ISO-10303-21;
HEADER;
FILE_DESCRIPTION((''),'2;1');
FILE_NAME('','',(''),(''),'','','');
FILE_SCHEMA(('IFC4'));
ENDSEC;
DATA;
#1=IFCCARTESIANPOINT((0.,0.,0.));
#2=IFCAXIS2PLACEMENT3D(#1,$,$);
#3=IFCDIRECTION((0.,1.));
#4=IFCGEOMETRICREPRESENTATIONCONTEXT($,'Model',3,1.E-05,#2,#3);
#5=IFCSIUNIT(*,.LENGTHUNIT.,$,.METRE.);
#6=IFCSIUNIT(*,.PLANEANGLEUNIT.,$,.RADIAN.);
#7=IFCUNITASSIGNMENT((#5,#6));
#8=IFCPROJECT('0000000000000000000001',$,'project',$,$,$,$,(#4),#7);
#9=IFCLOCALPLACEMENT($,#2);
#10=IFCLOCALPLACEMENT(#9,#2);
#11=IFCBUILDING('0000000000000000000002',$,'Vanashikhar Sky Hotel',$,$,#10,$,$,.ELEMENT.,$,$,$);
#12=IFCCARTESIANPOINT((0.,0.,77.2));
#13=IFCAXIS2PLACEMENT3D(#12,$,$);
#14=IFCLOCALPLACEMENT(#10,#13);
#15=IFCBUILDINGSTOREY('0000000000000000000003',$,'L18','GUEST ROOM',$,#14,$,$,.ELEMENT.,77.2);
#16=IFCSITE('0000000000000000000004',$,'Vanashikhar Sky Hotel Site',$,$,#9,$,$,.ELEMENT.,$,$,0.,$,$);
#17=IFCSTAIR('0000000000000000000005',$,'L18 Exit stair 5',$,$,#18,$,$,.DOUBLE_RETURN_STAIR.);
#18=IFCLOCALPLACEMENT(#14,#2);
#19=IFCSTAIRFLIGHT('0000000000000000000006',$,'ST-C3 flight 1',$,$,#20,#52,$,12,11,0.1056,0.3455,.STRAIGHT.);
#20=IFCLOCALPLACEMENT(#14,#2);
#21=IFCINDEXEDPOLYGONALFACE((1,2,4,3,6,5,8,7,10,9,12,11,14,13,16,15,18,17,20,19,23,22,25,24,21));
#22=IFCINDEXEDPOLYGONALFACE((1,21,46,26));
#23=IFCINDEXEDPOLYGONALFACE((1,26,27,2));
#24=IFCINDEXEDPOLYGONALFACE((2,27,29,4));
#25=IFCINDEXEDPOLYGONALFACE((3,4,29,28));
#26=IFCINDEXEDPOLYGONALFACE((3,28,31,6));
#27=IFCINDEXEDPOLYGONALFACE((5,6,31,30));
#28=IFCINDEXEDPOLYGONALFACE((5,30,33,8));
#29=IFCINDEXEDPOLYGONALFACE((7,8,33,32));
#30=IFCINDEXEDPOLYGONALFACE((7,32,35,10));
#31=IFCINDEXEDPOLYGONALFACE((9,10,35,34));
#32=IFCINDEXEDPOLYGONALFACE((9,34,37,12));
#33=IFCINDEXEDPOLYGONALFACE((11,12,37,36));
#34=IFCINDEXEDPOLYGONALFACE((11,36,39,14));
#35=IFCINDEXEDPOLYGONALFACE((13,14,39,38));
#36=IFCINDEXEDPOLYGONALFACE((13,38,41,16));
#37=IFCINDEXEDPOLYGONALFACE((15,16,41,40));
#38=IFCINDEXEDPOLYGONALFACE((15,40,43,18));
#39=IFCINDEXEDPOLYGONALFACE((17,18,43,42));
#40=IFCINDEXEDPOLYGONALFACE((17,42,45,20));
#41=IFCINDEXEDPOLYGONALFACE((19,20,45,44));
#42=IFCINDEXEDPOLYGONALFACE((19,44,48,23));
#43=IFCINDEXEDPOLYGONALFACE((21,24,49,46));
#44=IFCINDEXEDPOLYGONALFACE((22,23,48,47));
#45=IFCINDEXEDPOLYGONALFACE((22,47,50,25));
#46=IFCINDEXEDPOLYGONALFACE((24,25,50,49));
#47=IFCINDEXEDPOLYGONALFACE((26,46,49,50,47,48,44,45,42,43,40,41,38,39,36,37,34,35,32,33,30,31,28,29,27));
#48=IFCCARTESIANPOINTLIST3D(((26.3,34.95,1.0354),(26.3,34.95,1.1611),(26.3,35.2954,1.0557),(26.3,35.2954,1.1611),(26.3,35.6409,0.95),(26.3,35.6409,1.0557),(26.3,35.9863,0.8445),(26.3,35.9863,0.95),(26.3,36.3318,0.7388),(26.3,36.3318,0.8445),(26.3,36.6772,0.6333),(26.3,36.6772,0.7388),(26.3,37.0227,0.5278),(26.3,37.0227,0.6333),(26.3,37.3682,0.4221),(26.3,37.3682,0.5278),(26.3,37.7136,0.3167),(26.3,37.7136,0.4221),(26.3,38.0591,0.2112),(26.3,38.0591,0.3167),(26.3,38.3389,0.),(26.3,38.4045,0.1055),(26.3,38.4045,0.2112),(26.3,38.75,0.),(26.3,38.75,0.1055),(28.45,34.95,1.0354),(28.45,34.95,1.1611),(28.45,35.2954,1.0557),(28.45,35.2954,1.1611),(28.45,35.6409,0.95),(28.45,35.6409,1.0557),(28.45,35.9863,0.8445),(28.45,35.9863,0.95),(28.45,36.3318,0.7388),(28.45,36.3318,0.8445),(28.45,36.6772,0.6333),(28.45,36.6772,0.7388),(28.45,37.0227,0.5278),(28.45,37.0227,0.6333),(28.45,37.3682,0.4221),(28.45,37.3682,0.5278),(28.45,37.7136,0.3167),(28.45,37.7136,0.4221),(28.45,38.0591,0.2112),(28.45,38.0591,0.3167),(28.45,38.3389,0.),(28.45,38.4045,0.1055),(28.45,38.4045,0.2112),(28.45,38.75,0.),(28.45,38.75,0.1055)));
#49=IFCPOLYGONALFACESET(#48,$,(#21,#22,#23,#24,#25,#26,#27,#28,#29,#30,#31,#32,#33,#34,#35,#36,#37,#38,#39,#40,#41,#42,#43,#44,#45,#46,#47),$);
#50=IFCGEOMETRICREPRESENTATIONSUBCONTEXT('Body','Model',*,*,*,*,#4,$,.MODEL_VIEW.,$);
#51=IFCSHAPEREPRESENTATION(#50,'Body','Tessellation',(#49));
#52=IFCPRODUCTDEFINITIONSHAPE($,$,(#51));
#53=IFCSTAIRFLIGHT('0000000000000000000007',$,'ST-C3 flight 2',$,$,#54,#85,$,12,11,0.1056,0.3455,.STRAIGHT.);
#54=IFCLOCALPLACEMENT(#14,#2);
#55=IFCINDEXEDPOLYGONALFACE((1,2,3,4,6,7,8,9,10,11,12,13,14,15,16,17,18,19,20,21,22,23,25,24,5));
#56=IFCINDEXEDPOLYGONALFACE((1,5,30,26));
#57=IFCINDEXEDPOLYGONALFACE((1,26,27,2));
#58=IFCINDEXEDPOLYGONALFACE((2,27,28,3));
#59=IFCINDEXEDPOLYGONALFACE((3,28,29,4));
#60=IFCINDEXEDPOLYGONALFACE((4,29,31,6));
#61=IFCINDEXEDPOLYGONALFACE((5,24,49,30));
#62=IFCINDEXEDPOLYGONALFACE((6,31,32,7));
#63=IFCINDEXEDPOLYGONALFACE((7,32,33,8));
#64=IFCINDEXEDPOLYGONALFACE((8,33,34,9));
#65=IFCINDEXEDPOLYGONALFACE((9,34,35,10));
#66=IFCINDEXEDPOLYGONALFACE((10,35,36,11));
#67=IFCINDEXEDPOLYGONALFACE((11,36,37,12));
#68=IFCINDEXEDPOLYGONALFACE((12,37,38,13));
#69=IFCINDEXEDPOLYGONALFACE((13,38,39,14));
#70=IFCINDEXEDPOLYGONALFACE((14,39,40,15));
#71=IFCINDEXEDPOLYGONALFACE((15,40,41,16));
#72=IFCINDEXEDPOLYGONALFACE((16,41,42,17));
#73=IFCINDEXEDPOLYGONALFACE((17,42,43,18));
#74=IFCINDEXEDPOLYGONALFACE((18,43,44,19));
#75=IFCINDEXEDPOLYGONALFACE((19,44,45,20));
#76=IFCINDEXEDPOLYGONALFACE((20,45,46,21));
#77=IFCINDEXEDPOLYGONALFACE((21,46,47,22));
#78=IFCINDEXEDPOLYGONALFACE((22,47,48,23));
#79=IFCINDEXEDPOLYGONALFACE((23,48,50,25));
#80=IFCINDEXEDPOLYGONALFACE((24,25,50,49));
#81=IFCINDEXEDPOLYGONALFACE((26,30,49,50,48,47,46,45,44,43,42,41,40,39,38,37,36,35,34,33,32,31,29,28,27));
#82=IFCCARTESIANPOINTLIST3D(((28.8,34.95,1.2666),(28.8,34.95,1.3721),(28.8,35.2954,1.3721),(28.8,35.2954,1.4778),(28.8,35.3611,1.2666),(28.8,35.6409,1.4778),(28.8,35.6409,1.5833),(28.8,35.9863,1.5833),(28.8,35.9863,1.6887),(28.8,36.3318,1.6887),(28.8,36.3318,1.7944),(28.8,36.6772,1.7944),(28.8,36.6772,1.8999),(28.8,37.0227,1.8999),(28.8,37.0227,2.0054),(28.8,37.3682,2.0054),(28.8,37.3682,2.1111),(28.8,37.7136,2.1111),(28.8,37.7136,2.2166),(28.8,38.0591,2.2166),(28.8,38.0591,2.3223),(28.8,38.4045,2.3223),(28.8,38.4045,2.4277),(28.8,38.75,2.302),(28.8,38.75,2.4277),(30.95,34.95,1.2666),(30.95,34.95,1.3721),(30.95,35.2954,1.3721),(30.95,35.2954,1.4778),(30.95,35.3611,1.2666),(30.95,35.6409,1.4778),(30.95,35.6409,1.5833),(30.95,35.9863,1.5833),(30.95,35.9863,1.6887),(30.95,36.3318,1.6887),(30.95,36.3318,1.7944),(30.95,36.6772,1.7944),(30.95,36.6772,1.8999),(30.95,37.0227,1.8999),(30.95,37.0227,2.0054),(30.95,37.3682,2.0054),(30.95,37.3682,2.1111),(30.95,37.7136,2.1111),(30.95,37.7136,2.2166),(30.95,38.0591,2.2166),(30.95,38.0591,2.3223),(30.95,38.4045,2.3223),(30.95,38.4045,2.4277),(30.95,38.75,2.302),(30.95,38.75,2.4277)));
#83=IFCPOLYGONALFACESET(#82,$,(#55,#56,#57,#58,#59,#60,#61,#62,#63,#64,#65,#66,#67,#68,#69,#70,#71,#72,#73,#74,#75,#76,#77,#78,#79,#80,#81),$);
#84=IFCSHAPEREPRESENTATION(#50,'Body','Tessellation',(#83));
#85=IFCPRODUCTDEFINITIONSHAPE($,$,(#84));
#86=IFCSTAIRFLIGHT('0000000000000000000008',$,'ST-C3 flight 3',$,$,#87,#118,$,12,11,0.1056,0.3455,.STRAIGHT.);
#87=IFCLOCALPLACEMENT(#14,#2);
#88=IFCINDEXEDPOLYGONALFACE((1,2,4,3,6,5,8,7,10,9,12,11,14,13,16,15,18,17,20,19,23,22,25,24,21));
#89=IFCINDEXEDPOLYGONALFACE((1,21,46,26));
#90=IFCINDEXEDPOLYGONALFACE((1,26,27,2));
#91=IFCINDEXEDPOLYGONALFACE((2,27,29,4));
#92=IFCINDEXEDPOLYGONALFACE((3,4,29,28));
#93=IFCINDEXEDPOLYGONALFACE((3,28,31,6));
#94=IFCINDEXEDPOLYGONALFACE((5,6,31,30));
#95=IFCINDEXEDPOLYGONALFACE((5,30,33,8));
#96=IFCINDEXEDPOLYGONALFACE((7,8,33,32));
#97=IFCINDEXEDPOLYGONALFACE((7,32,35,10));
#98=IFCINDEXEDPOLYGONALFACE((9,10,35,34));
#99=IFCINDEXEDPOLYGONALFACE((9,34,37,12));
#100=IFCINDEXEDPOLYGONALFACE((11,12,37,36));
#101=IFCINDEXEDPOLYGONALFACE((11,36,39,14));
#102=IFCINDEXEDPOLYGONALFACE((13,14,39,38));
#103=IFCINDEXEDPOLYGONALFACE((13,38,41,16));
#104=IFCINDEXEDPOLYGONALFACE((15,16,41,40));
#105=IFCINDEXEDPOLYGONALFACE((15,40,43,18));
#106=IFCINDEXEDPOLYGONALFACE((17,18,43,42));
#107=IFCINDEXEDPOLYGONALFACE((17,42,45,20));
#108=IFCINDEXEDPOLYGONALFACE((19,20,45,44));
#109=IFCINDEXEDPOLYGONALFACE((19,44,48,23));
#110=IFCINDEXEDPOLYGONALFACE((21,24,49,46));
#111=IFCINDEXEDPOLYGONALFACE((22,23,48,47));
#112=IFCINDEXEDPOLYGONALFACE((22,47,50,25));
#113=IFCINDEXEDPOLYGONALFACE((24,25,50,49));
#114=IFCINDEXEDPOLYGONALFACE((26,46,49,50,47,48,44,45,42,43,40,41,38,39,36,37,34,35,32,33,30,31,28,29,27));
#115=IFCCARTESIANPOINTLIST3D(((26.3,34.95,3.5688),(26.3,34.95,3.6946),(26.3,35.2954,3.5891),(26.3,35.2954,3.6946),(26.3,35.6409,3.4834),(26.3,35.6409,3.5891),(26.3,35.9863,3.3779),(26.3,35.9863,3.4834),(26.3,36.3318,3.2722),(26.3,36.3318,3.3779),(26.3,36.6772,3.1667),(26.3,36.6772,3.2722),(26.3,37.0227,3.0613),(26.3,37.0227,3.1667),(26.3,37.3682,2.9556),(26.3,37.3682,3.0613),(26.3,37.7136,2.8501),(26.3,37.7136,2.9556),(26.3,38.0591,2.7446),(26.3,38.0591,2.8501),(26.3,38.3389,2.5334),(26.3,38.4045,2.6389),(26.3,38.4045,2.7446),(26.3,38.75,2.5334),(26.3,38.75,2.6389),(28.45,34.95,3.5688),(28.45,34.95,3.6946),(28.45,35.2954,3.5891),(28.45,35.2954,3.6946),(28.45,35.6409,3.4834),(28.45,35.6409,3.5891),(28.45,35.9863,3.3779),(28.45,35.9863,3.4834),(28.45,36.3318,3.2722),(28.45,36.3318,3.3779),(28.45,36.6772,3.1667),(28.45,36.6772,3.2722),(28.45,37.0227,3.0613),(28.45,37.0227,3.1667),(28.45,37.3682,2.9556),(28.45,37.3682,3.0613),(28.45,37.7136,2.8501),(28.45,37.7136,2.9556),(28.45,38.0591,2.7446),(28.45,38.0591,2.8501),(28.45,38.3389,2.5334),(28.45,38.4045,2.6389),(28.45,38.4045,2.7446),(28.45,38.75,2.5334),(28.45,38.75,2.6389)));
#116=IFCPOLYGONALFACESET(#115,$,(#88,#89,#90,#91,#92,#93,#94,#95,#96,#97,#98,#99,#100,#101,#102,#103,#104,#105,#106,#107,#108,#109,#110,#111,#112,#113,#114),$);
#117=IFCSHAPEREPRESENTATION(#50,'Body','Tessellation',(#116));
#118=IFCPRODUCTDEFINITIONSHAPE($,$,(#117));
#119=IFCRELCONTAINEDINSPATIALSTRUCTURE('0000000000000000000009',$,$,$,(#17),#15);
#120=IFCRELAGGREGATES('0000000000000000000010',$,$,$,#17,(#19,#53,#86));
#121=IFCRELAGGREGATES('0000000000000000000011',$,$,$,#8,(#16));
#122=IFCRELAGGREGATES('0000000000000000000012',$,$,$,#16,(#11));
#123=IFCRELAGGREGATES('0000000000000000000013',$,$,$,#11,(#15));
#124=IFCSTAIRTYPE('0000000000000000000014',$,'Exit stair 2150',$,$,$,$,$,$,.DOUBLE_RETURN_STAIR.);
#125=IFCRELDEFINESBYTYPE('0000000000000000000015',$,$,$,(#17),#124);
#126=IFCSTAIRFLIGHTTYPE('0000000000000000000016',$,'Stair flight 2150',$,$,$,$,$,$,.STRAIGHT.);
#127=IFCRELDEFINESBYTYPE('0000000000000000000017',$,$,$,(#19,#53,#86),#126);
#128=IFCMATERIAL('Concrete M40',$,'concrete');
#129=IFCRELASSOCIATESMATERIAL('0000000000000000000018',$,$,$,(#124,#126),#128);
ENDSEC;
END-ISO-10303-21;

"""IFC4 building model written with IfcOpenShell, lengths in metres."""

from ifc_helpers import new_model, si_unit, direction, frame, origin, place, context, subcontext, project, spatial, polyline, outline, extrude, source, transform, mapped, material, type_object, element, aggregate, save


model = new_model("IFC4")

# Units and contexts
model_context = context("Model", 3, precision=1e-05, world=origin(), true_north=direction((0.0, 1.0)))
body_context = subcontext(model_context, "Body", "Model", "MODEL_VIEW")
ifc_project = project(units=[si_unit("LENGTHUNIT", "METRE"), si_unit("PLANEANGLEUNIT", "RADIAN")], contexts=[model_context])

# Site, building, storey
site_placement = place(None, origin())
site = spatial("IfcSite", under=ifc_project, at=site_placement, Name="Vanashikhar Sky Hotel Site", CompositionType="ELEMENT", RefElevation=0.0)
building_placement = place(site_placement, origin())
building = spatial("IfcBuilding", under=site, at=building_placement, Name="Vanashikhar Sky Hotel", CompositionType="ELEMENT")
storey_placement = place(building_placement, frame((0.0, 0.0, 77.2)))
storey = spatial("IfcBuildingStorey", under=building, at=storey_placement, Name="L18", Description="GUEST ROOM", CompositionType="ELEMENT", Elevation=77.2)

# Shared definitions
ifc_material_1 = material(Name="Concrete M40", Category="concrete")

# Stair, stair flights
stair_type = type_object("IfcStairType", Name="Exit stair 2150", PredefinedType="DOUBLE_RETURN_STAIR", material=ifc_material_1)
stair_placement = place(storey_placement, origin())
stair = element("IfcStair", 1, at=stair_placement, inside=storey, type_object=stair_type, Name="L18 Exit stair 5", PredefinedType="DOUBLE_RETURN_STAIR")
stair_flight_type = type_object("IfcStairFlightType", Name="Stair flight 2150", PredefinedType="STRAIGHT", material=ifc_material_1)
shared_shape_1 = source(origin(), body_context, "Body", "SweptSolid", [
    extrude(outline(polyline([(0.0, 0.0), (0.0, 0.1055), (0.3455, 0.1055), (0.3455, 0.2112), (0.6909, 0.2112), (0.6909, 0.3167), (1.0364, 0.3167), (1.0364, 0.4221), (1.3818, 0.4221), (1.3818, 0.5278), (1.7273, 0.5278), (1.7273, 0.6333), (2.0728, 0.6333), (2.0728, 0.7388), (2.4182, 0.7388), (2.4182, 0.8445), (2.7637, 0.8445), (2.7637, 0.95), (3.1091, 0.95), (3.1091, 1.0557), (3.4546, 1.0557), (3.4546, 1.1611), (3.8, 1.1611), (3.8, 1.2666), (3.8, 1.0354), (0.4111, 0.0), (0.0, 0.0)])), frame((0.0, 1.075, 0.0), z_axis=(0.0, -1.0, 0.0), x_axis=(1.0, 0.0, 0.0)), (0.0, 0.0, 1.0), 2.1499),
])
stair_flight_1_placement = place(storey_placement, frame((27.375, 38.75, 0.0), z_axis=(0.0, 0.0, 1.0), x_axis=(0.0, -1.0, 0.0)))
stair_flight_1 = element("IfcStairFlight", 2, at=stair_flight_1_placement, type_object=stair_flight_type, Name="ST-C3 flight 1", NumberOfRisers=12, NumberOfTreads=11, PredefinedType="STRAIGHT", RiserHeight=0.1056, TreadLength=0.3455, context=body_context, shape_type="MappedRepresentation", body=[
    mapped(shared_shape_1, transform((0.0, 0.0, 0.0), scale=1.0)),
])
stair_flight_2_placement = place(storey_placement, frame((29.875, 34.95, 1.2666), z_axis=(0.0, 0.0, 1.0), x_axis=(0.0, 1.0, 0.0)))
stair_flight_2 = element("IfcStairFlight", 3, at=stair_flight_2_placement, type_object=stair_flight_type, Name="ST-C3 flight 2", NumberOfRisers=12, NumberOfTreads=11, PredefinedType="STRAIGHT", RiserHeight=0.1056, TreadLength=0.3455, context=body_context, shape_type="MappedRepresentation", body=[
    mapped(shared_shape_1, transform((0.0, 0.0, 0.0), scale=1.0)),
])
stair_flight_3_placement = place(storey_placement, frame((27.375, 38.75, 2.5334), z_axis=(0.0, 0.0, 1.0), x_axis=(0.0, -1.0, 0.0)))
stair_flight_3 = element("IfcStairFlight", 4, at=stair_flight_3_placement, type_object=stair_flight_type, Name="ST-C3 flight 3", NumberOfRisers=12, NumberOfTreads=11, PredefinedType="STRAIGHT", RiserHeight=0.1056, TreadLength=0.3455, context=body_context, shape_type="MappedRepresentation", body=[
    mapped(shared_shape_1, transform((0.0, 0.0, 0.0), scale=1.0)),
])
aggregate(stair, [stair_flight_1, stair_flight_2, stair_flight_3])

save(model, "model.ifc")
